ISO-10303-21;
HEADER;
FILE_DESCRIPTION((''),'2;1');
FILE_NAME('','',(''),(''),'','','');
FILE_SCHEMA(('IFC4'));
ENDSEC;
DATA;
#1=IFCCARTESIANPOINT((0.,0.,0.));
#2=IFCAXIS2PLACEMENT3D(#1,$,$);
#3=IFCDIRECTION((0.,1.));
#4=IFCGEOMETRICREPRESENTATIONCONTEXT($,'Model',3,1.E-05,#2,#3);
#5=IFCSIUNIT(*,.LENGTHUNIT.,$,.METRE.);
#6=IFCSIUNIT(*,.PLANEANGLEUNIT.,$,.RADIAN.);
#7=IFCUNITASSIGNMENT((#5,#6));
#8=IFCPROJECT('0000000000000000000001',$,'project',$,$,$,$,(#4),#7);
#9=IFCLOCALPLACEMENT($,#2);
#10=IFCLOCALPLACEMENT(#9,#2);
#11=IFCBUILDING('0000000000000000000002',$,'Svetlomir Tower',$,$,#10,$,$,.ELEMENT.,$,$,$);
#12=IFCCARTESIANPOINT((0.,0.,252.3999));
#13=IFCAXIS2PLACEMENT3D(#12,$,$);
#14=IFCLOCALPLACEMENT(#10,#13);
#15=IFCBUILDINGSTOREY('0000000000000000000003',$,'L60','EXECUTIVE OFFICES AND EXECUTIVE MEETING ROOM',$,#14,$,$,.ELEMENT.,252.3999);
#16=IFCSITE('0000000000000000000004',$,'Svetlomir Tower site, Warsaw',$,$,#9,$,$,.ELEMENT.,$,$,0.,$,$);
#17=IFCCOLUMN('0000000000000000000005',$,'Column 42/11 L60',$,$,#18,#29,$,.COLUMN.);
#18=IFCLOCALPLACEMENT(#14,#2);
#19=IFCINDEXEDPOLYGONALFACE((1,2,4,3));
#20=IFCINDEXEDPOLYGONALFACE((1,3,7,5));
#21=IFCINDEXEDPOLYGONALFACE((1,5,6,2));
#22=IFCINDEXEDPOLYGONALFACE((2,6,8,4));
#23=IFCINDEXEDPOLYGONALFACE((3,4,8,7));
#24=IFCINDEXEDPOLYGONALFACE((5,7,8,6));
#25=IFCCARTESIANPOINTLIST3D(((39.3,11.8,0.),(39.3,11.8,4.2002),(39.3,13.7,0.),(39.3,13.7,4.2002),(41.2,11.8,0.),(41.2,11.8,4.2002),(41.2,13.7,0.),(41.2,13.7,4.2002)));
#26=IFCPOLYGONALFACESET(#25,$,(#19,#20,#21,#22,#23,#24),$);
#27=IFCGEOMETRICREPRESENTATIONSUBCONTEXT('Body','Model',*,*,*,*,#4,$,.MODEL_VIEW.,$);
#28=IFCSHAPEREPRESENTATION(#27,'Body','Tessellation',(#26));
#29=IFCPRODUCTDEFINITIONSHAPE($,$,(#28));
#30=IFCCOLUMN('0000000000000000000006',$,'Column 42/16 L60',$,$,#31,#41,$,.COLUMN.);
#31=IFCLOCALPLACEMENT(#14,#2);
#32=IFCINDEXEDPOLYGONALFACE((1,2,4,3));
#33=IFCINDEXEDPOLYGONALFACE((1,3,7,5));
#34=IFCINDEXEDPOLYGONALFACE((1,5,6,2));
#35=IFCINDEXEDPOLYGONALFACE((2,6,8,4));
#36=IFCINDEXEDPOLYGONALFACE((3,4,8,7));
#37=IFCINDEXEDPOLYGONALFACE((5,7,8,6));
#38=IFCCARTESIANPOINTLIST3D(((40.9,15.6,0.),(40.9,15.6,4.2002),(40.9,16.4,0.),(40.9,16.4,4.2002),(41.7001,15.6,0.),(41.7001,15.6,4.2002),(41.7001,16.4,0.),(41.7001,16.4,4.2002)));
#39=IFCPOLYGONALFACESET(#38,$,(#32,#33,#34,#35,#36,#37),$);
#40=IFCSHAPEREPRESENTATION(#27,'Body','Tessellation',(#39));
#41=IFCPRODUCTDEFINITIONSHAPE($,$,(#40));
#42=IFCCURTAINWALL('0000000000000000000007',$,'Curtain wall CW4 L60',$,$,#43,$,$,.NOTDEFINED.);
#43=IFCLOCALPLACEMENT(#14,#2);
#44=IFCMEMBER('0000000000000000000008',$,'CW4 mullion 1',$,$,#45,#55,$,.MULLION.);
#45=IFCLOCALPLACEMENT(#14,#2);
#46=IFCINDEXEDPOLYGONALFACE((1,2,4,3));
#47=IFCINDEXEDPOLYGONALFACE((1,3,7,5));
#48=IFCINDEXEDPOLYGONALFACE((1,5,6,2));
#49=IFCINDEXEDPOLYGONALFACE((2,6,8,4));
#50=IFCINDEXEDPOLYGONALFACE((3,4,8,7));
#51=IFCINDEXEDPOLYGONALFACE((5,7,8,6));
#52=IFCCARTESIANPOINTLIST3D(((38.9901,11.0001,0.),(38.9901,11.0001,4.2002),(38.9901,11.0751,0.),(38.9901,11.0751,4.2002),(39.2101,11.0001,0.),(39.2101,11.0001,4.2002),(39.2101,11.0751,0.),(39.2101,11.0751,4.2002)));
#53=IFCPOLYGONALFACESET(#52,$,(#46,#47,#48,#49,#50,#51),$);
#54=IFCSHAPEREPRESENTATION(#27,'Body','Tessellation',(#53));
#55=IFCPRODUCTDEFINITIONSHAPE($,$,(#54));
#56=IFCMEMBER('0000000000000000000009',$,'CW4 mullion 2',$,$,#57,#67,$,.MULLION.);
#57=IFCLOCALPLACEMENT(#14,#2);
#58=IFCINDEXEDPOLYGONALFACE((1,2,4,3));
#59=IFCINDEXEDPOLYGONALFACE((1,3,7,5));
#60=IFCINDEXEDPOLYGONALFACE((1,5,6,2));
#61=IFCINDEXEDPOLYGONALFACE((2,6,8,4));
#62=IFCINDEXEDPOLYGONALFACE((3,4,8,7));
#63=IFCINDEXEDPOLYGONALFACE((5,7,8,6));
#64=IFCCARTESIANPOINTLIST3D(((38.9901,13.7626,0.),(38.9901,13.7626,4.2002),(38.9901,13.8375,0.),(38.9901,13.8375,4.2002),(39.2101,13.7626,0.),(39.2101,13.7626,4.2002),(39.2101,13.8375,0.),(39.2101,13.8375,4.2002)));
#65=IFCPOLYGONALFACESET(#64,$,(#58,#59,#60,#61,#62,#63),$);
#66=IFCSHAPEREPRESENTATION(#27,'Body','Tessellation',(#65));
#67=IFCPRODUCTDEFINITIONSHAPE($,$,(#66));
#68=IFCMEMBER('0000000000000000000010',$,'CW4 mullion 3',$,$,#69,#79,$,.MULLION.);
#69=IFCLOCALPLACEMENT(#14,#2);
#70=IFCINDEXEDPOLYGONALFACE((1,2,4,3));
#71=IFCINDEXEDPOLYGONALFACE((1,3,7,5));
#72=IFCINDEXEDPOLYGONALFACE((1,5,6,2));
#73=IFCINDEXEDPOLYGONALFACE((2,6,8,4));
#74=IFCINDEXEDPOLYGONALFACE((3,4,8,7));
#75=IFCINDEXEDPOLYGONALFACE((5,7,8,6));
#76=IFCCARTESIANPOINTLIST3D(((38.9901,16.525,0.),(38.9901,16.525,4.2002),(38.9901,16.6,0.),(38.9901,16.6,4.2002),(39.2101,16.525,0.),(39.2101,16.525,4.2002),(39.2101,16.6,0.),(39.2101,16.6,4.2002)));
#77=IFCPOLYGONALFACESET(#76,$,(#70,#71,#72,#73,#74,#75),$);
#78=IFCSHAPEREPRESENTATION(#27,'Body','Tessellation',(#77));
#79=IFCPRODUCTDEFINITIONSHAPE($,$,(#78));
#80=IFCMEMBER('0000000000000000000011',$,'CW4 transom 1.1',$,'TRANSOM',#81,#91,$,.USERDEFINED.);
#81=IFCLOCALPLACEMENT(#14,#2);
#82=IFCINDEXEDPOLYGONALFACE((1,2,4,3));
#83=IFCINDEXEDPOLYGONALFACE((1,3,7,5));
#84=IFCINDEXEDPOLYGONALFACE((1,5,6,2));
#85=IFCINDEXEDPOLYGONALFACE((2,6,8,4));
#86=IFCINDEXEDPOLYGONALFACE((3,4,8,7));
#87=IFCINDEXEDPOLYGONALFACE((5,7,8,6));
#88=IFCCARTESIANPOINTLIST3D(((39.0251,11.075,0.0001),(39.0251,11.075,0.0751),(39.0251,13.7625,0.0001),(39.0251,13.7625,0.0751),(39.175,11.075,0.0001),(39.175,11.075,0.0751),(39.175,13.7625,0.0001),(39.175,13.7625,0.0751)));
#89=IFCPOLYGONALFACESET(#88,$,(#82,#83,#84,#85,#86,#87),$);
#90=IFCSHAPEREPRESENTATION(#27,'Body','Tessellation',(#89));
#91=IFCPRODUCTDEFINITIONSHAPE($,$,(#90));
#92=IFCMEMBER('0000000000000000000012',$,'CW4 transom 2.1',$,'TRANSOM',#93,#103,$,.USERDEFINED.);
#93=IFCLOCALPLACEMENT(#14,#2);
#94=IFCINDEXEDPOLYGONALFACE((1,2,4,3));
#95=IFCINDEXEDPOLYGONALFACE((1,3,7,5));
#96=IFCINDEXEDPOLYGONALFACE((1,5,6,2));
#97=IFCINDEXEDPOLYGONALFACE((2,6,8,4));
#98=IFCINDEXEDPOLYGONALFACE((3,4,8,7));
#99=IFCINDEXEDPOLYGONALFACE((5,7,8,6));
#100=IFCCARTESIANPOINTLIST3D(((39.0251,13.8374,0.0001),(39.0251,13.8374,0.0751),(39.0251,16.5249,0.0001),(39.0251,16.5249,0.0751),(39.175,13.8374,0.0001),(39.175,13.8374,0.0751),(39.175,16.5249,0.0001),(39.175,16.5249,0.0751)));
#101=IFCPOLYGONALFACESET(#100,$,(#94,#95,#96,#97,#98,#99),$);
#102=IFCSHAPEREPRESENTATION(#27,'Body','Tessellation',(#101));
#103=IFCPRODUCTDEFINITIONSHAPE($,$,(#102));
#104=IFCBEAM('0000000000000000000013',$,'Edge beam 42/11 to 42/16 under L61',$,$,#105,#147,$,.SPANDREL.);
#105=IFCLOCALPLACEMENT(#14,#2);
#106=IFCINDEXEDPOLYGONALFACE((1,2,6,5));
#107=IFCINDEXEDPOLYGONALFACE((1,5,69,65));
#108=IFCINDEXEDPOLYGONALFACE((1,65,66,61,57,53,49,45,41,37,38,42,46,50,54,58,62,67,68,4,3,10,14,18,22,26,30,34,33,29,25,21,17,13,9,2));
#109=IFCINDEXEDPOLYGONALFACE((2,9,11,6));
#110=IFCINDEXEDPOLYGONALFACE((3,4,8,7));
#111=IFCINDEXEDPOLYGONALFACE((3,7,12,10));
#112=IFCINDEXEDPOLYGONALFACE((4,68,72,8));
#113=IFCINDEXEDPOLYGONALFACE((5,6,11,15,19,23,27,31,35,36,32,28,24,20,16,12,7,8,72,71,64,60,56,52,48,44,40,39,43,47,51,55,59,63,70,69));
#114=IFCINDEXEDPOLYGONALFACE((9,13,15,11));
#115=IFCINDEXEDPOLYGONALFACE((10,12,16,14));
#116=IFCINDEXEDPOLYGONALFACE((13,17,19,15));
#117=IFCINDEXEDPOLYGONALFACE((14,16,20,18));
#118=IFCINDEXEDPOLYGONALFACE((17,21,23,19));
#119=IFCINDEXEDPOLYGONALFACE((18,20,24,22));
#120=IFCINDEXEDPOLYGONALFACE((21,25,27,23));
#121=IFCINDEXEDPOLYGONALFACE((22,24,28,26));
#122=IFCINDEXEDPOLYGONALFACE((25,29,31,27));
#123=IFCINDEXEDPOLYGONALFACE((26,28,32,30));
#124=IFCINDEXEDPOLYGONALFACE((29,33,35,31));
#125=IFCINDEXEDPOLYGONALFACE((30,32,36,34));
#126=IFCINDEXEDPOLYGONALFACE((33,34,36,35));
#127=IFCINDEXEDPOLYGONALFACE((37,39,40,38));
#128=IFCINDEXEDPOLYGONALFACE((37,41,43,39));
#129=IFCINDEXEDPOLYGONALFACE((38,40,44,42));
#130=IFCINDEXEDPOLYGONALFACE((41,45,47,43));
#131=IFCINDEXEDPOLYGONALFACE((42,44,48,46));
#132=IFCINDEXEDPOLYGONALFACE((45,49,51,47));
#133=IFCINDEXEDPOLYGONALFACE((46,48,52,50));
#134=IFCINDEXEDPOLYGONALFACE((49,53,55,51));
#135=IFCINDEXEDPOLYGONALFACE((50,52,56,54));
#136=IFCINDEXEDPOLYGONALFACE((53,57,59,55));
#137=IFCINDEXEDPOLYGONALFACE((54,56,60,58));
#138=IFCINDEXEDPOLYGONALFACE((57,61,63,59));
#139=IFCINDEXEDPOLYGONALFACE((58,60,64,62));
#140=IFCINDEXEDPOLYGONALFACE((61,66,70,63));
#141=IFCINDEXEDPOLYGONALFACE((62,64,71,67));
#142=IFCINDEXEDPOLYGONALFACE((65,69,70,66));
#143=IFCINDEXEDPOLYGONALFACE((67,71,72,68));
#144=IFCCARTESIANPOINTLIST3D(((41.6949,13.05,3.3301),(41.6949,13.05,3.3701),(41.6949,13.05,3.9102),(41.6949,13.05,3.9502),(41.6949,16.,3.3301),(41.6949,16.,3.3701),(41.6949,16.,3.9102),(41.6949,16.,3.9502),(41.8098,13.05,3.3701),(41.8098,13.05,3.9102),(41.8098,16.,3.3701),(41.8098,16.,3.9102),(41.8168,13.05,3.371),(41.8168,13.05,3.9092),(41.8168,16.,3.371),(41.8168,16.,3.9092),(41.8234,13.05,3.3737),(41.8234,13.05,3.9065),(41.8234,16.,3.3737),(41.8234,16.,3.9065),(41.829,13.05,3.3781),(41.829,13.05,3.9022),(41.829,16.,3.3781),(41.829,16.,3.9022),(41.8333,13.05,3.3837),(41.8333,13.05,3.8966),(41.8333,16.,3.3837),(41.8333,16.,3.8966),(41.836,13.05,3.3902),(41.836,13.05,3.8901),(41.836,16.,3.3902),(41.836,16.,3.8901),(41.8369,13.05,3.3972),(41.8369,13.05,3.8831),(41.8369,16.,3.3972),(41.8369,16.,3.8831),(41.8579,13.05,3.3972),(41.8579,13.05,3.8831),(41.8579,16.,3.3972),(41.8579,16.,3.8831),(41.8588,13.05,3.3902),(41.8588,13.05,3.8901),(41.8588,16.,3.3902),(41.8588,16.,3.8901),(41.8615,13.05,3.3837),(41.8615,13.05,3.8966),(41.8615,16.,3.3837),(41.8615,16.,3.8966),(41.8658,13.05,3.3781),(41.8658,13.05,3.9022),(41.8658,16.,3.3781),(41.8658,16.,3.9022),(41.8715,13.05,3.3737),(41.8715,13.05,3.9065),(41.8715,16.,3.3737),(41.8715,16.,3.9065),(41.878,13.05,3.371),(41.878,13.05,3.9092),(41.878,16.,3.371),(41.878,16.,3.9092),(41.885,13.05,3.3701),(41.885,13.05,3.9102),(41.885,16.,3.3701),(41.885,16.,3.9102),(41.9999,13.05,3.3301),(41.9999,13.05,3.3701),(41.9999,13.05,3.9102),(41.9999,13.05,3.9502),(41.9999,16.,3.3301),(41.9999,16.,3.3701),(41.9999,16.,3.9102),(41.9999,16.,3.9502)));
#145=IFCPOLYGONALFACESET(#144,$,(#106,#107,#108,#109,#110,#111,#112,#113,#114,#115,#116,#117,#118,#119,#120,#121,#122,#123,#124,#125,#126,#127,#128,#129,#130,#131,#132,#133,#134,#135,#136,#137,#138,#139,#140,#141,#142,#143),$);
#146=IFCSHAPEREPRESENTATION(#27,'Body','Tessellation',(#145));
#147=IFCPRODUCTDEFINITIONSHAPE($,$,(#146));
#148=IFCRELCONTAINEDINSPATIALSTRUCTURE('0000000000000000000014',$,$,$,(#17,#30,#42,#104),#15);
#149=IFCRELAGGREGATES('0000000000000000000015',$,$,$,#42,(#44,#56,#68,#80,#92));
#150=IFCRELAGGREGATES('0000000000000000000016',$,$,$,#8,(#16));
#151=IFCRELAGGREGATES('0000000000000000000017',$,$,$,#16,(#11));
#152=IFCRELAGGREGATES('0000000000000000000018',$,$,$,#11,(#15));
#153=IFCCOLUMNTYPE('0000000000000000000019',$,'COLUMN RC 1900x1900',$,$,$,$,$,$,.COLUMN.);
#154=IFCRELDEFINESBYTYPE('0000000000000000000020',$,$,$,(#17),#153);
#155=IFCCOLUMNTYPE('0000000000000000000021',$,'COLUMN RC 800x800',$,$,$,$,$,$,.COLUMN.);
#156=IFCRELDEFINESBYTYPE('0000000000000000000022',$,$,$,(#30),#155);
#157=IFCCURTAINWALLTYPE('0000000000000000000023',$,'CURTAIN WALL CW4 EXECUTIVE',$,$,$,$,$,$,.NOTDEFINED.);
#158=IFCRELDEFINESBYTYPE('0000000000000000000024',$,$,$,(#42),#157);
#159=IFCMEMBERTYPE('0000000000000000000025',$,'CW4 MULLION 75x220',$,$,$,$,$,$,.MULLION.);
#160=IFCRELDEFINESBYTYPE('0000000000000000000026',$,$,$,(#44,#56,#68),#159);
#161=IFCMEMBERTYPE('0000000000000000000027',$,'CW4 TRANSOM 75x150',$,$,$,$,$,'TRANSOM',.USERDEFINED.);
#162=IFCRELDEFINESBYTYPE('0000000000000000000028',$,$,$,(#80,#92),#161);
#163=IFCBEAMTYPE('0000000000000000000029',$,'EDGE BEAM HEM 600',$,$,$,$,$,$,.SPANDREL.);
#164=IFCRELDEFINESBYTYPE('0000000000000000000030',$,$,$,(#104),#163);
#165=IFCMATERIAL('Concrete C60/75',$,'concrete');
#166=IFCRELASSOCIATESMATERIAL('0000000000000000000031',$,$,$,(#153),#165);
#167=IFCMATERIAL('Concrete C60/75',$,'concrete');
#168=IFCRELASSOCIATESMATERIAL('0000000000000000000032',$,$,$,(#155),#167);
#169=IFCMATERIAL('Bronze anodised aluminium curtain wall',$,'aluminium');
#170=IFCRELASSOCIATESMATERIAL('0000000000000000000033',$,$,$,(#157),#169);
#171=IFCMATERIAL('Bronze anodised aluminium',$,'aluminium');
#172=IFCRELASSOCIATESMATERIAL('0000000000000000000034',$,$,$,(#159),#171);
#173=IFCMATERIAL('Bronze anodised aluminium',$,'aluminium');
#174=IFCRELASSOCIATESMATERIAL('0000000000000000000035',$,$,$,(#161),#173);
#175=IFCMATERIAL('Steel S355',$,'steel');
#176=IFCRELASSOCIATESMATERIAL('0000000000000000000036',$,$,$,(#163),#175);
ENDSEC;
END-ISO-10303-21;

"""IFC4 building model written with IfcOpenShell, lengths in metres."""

from ifc_helpers import new_model, si_unit, direction, frame, origin, origin_2d, place, context, subcontext, project, spatial, rectangle, i_section, extrude, material, material_profile, profile_set, type_object, element, aggregate, save


model = new_model("IFC4")

# Units and contexts
model_context = context("Model", 3, precision=1e-05, world=origin(), true_north=direction((0.0, 1.0)))
body_context = subcontext(model_context, "Body", "Model", "MODEL_VIEW")
ifc_project = project(units=[si_unit("LENGTHUNIT", "METRE"), si_unit("PLANEANGLEUNIT", "RADIAN")], contexts=[model_context])

# Site, building, storey
site_placement = place(None, origin())
site = spatial("IfcSite", under=ifc_project, at=site_placement, Name="Svetlomir Tower site, Warsaw", CompositionType="ELEMENT", RefElevation=0.0)
building_placement = place(site_placement, origin())
building = spatial("IfcBuilding", under=site, at=building_placement, Name="Svetlomir Tower", CompositionType="ELEMENT")
storey_placement = place(building_placement, frame((0.0, 0.0, 252.3999)))
storey = spatial("IfcBuildingStorey", under=building, at=storey_placement, Name="L60", Description="EXECUTIVE OFFICES AND EXECUTIVE MEETING ROOM", CompositionType="ELEMENT", Elevation=252.3999)

# Columns
ifc_material_1 = material(Name="Concrete C60/75", Category="concrete")
ifc_material_profile_1 = material_profile(ifc_material_1, rectangle(XDim=1.8999, YDim=1.8999, at=origin_2d()), Name="RC 1900x1900")
ifc_profile_set_1 = profile_set([ifc_material_profile_1], Name="Concrete C60/75")
column_type_1 = type_object("IfcColumnType", Name="COLUMN RC 1900x1900", PredefinedType="COLUMN", material=ifc_profile_set_1)
column_1_placement = place(storey_placement, frame((40.25, 12.75, 0.0), z_axis=(0.0, 0.0, 1.0), x_axis=(1.0, 0.0, 0.0)))
element("IfcColumn", 1, at=column_1_placement, inside=storey, type_object=column_type_1, Name="Column 42/11 L60", PredefinedType="COLUMN", context=body_context, shape_type="SweptSolid", body=[
    extrude(rectangle(XDim=1.8999, YDim=1.8999, at=origin_2d()), origin(), (0.0, 0.0, 1.0), 4.2002),
])
ifc_material_2 = material(Name="Concrete C60/75", Category="concrete")
ifc_material_profile_2 = material_profile(ifc_material_2, rectangle(XDim=0.8, YDim=0.8, at=origin_2d()), Name="RC 800x800")
ifc_profile_set_2 = profile_set([ifc_material_profile_2], Name="Concrete C60/75")
column_type_2 = type_object("IfcColumnType", Name="COLUMN RC 800x800", PredefinedType="COLUMN", material=ifc_profile_set_2)
column_2_placement = place(storey_placement, frame((41.3, 16.0, 0.0), z_axis=(0.0, 0.0, 1.0), x_axis=(1.0, 0.0, 0.0)))
element("IfcColumn", 2, at=column_2_placement, inside=storey, type_object=column_type_2, Name="Column 42/16 L60", PredefinedType="COLUMN", context=body_context, shape_type="SweptSolid", body=[
    extrude(rectangle(XDim=0.8, YDim=0.8, at=origin_2d()), origin(), (0.0, 0.0, 1.0), 4.2002),
])

# Curtain wall, members
ifc_material_3 = material(Name="Bronze anodised aluminium curtain wall", Category="aluminium")
curtain_wall_type = type_object("IfcCurtainWallType", Name="CURTAIN WALL CW4 EXECUTIVE", PredefinedType="NOTDEFINED", material=ifc_material_3)
curtain_wall_placement = place(storey_placement, origin())
curtain_wall = element("IfcCurtainWall", 3, at=curtain_wall_placement, inside=storey, type_object=curtain_wall_type, Name="Curtain wall CW4 L60", PredefinedType="NOTDEFINED")
ifc_material_4 = material(Name="Bronze anodised aluminium", Category="aluminium")
ifc_material_profile_3 = material_profile(ifc_material_4, rectangle(XDim=0.075, YDim=0.22, at=origin_2d()), Name="AL 75x220")
ifc_profile_set_3 = profile_set([ifc_material_profile_3], Name="Bronze anodised aluminium 6063-T6")
member_type_1 = type_object("IfcMemberType", Name="CW4 MULLION 75x220", PredefinedType="MULLION", material=ifc_profile_set_3)
member_1_placement = place(storey_placement, frame((39.1001, 11.0376, 0.0), z_axis=(0.0, 0.0, 1.0), x_axis=(0.0, 1.0, 0.0)))
member_1 = element("IfcMember", 4, at=member_1_placement, type_object=member_type_1, Name="CW4 mullion 1", PredefinedType="MULLION", context=body_context, shape_type="SweptSolid", body=[
    extrude(rectangle(XDim=0.075, YDim=0.22, at=origin_2d()), origin(), (0.0, 0.0, 1.0), 4.2002),
])
member_2_placement = place(storey_placement, frame((39.1001, 13.8, 0.0), z_axis=(0.0, 0.0, 1.0), x_axis=(0.0, 1.0, 0.0)))
member_2 = element("IfcMember", 5, at=member_2_placement, type_object=member_type_1, Name="CW4 mullion 2", PredefinedType="MULLION", context=body_context, shape_type="SweptSolid", body=[
    extrude(rectangle(XDim=0.075, YDim=0.22, at=origin_2d()), origin(), (0.0, 0.0, 1.0), 4.2002),
])
member_3_placement = place(storey_placement, frame((39.1001, 16.5625, 0.0), z_axis=(0.0, 0.0, 1.0), x_axis=(0.0, 1.0, 0.0)))
member_3 = element("IfcMember", 6, at=member_3_placement, type_object=member_type_1, Name="CW4 mullion 3", PredefinedType="MULLION", context=body_context, shape_type="SweptSolid", body=[
    extrude(rectangle(XDim=0.075, YDim=0.22, at=origin_2d()), origin(), (0.0, 0.0, 1.0), 4.2002),
])
ifc_material_5 = material(Name="Bronze anodised aluminium", Category="aluminium")
ifc_material_profile_4 = material_profile(ifc_material_5, rectangle(XDim=0.1499, YDim=0.075, at=origin_2d()), Name="AL 150x75")
ifc_profile_set_4 = profile_set([ifc_material_profile_4], Name="Bronze anodised aluminium 6063-T6")
member_type_2 = type_object("IfcMemberType", Name="CW4 TRANSOM 75x150", ElementType="TRANSOM", PredefinedType="USERDEFINED", material=ifc_profile_set_4)
member_4_placement = place(storey_placement, frame((39.1001, 11.075, 0.0376), z_axis=(0.0, 1.0, 0.0), x_axis=(-1.0, 0.0, 0.0)))
member_4 = element("IfcMember", 7, at=member_4_placement, type_object=member_type_2, Name="CW4 transom 1.1", ObjectType="TRANSOM", PredefinedType="USERDEFINED", context=body_context, shape_type="SweptSolid", body=[
    extrude(rectangle(XDim=0.1499, YDim=0.075, at=origin_2d()), origin(), (0.0, 0.0, 1.0), 2.6875),
])
member_5_placement = place(storey_placement, frame((39.1001, 13.8374, 0.0376), z_axis=(0.0, 1.0, 0.0), x_axis=(-1.0, 0.0, 0.0)))
member_5 = element("IfcMember", 8, at=member_5_placement, type_object=member_type_2, Name="CW4 transom 2.1", ObjectType="TRANSOM", PredefinedType="USERDEFINED", context=body_context, shape_type="SweptSolid", body=[
    extrude(rectangle(XDim=0.1499, YDim=0.075, at=origin_2d()), origin(), (0.0, 0.0, 1.0), 2.6875),
])

# Beam
ifc_material_6 = material(Name="Steel S355", Category="steel")
ifc_material_profile_5 = material_profile(ifc_material_6, i_section(OverallWidth=0.3049, OverallDepth=0.6201, WebThickness=0.021, FlangeThickness=0.04, FilletRadius=0.0271, at=origin_2d()), Name="HEM 600")
ifc_profile_set_5 = profile_set([ifc_material_profile_5], Name="Steel S355")
beam_type_1 = type_object("IfcBeamType", Name="EDGE BEAM HEM 600", PredefinedType="SPANDREL", material=ifc_profile_set_5)
beam_1_placement = place(storey_placement, frame((41.8474, 13.05, 3.6401), z_axis=(0.0, 1.0, 0.0), x_axis=(-1.0, 0.0, 0.0)))
element("IfcBeam", 9, at=beam_1_placement, inside=storey, type_object=beam_type_1, Name="Edge beam 42/11 to 42/16 under L61", PredefinedType="SPANDREL", context=body_context, shape_type="SweptSolid", body=[
    extrude(i_section(OverallWidth=0.3049, OverallDepth=0.6201, WebThickness=0.021, FlangeThickness=0.04, FilletRadius=0.0271, at=origin_2d()), origin(), (0.0, 0.0, 1.0), 2.95),
])

aggregate(curtain_wall, [member_1, member_2, member_3, member_4, member_5])

save(model, "model.ifc")
